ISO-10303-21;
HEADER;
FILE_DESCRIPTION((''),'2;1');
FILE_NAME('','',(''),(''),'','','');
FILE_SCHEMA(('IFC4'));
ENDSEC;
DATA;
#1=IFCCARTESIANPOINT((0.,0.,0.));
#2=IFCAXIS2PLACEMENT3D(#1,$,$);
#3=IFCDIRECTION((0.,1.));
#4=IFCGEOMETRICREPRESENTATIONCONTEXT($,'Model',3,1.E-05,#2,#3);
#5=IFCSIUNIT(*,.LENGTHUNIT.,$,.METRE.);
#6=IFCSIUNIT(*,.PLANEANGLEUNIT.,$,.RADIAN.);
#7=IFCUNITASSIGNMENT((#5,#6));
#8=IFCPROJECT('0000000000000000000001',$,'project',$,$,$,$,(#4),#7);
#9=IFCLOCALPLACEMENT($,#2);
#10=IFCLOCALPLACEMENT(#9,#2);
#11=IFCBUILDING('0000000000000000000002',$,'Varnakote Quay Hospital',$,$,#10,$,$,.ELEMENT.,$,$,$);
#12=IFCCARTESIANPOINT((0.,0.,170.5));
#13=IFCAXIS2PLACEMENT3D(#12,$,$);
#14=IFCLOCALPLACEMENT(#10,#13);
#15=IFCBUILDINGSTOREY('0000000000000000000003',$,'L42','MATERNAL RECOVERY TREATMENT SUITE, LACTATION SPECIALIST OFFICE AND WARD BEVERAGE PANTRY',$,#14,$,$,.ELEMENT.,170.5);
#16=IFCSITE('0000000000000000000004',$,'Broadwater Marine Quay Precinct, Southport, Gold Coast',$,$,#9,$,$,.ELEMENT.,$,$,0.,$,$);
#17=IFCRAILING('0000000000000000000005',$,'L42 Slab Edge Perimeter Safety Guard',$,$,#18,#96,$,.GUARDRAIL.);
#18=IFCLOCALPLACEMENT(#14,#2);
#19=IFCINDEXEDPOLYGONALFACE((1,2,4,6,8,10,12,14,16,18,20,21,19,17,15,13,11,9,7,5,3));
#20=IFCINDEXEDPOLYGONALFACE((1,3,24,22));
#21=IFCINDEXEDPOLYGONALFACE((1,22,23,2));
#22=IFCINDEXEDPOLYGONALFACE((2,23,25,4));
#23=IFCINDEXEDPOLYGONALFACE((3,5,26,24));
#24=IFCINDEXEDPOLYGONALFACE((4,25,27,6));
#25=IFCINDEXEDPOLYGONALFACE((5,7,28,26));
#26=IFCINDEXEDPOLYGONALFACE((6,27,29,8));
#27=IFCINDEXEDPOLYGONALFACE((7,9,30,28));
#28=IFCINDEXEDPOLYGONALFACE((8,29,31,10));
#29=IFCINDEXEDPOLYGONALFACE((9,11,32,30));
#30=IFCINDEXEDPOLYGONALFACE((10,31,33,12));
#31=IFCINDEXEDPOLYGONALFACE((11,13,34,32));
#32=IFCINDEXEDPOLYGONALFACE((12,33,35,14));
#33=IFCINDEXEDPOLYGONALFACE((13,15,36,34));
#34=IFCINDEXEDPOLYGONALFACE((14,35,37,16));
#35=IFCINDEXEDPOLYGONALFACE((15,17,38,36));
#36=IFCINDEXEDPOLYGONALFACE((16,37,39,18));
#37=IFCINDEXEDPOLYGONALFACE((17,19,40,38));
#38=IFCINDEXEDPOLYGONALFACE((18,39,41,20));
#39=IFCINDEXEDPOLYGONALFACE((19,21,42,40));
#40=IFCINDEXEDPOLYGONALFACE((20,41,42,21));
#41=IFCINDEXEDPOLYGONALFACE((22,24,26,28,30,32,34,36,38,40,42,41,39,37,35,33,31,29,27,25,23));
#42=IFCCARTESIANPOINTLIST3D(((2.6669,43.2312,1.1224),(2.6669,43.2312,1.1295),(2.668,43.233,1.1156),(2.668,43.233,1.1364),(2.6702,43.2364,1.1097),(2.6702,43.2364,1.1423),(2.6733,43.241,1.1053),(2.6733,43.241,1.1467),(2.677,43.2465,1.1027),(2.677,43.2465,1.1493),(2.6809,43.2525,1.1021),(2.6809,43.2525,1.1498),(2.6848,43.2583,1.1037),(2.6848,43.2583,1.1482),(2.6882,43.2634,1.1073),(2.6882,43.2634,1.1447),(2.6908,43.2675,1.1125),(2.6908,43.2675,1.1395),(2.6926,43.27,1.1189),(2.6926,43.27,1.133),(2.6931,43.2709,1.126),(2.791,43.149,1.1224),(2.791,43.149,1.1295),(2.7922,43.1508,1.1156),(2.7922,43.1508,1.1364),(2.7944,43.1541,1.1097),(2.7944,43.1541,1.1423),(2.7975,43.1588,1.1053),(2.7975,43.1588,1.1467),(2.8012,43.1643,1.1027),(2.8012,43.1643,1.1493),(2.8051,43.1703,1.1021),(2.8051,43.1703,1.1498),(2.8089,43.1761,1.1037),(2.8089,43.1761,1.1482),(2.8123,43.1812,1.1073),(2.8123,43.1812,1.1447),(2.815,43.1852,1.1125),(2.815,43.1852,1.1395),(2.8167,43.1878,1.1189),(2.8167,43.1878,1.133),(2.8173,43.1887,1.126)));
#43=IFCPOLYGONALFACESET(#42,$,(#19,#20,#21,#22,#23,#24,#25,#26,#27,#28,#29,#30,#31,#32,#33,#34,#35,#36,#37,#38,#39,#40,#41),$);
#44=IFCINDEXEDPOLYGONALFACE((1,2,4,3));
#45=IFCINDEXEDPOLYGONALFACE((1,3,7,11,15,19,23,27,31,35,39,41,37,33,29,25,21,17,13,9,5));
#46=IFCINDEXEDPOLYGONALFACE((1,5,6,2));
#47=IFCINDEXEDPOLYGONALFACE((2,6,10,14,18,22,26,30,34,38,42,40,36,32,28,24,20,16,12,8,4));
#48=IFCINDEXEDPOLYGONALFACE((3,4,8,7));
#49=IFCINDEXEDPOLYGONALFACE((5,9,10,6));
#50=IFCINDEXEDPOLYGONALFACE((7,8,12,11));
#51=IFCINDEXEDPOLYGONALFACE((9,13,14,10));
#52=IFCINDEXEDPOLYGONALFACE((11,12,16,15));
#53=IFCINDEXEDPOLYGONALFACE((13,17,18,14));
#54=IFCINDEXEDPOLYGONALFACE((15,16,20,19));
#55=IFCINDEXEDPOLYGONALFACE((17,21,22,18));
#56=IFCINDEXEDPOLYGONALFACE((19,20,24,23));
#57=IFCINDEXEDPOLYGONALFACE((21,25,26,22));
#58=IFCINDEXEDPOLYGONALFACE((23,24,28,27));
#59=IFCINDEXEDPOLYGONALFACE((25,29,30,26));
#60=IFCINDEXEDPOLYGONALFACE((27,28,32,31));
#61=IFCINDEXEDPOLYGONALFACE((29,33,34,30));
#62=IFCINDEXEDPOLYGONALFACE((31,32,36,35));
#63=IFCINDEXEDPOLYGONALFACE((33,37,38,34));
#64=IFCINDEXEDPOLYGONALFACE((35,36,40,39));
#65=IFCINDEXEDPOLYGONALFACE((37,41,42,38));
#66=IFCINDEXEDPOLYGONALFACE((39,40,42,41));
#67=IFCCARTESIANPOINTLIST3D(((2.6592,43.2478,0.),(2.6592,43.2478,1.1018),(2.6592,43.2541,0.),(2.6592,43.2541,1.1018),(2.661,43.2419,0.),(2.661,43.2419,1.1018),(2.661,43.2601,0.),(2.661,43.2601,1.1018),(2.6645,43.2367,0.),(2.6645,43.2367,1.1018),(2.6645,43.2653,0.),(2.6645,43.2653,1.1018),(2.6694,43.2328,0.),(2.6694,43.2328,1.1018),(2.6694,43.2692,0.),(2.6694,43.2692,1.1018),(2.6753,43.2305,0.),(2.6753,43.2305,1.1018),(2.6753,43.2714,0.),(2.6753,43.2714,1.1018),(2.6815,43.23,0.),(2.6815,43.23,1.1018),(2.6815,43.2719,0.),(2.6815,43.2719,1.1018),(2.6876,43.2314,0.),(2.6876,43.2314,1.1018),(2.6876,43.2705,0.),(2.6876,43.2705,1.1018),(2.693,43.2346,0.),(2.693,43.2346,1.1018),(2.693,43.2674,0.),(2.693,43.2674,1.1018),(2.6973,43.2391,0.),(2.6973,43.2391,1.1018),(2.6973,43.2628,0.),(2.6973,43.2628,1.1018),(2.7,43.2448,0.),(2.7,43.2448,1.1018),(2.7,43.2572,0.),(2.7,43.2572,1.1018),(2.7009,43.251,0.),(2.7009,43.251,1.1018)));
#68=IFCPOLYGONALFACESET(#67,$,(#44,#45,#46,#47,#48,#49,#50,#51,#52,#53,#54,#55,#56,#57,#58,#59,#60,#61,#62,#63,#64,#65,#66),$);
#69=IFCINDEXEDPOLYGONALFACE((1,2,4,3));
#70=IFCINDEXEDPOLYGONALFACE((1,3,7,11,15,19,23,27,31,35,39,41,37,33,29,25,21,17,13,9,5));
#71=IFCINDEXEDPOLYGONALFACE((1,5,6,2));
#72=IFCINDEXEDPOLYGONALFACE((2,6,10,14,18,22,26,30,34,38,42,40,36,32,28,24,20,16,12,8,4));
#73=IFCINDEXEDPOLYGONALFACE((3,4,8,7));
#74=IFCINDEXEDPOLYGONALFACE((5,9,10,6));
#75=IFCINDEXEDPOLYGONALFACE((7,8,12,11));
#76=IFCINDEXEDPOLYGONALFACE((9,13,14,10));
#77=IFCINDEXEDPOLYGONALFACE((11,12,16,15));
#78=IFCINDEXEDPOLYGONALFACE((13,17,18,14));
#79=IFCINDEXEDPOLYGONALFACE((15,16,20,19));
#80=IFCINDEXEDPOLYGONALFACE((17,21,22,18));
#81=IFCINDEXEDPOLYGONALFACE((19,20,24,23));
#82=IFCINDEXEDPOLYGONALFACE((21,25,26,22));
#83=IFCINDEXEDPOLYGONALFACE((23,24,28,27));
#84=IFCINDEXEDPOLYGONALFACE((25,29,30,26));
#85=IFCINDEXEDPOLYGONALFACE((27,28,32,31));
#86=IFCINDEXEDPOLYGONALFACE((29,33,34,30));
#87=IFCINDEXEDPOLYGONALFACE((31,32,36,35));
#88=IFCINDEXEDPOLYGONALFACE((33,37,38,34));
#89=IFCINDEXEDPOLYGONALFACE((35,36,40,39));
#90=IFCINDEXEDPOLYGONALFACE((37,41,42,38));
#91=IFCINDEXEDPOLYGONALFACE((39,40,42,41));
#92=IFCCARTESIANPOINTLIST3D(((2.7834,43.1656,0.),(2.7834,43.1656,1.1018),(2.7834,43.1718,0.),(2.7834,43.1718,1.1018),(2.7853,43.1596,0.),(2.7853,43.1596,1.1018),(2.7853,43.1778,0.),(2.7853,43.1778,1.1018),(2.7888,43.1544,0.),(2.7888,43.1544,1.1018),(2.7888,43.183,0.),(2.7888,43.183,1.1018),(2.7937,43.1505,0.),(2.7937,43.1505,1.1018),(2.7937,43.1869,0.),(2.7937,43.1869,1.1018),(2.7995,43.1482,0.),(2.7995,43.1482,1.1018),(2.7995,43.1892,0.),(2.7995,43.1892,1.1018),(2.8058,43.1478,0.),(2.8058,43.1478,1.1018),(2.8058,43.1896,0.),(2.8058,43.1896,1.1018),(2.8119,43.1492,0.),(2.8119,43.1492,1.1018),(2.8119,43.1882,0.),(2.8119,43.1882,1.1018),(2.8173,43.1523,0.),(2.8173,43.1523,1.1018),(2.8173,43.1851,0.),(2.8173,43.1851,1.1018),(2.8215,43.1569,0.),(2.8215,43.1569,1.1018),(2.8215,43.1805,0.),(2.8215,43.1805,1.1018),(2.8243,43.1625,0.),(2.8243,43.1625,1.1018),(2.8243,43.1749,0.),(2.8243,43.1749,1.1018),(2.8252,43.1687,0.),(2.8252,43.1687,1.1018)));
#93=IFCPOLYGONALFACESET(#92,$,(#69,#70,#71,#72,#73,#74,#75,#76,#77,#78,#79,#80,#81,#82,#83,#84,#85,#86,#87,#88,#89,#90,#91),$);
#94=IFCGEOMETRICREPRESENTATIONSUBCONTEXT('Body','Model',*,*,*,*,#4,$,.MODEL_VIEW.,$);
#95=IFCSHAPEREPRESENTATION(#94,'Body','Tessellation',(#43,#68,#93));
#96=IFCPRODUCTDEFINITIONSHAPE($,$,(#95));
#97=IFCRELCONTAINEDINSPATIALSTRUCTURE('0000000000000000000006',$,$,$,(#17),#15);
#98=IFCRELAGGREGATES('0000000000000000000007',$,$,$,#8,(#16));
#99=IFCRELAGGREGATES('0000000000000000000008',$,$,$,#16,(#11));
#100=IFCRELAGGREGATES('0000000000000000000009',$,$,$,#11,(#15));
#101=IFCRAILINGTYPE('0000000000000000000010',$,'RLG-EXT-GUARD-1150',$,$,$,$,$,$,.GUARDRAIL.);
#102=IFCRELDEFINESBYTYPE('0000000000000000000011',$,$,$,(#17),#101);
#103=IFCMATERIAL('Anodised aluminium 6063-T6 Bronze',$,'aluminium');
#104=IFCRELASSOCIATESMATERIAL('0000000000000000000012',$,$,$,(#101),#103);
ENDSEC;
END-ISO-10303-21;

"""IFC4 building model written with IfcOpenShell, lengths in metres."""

from ifc_helpers import new_model, si_unit, direction, frame, origin, origin_2d, place, context, subcontext, project, spatial, circle, extrude, material, type_object, element, save


model = new_model("IFC4")

# Units and contexts
model_context = context("Model", 3, precision=1e-05, world=origin(), true_north=direction((0.0, 1.0)))
body_context = subcontext(model_context, "Body", "Model", "MODEL_VIEW")
ifc_project = project(units=[si_unit("LENGTHUNIT", "METRE"), si_unit("PLANEANGLEUNIT", "RADIAN")], contexts=[model_context])

# Site, building, storey
site_placement = place(None, origin())
site = spatial("IfcSite", under=ifc_project, at=site_placement, Name="Broadwater Marine Quay Precinct, Southport, Gold Coast", CompositionType="ELEMENT", RefElevation=0.0)
building_placement = place(site_placement, origin())
building = spatial("IfcBuilding", under=site, at=building_placement, Name="Varnakote Quay Hospital", CompositionType="ELEMENT")
storey_placement = place(building_placement, frame((0.0, 0.0, 170.5)))
storey = spatial("IfcBuildingStorey", under=building, at=storey_placement, Name="L42", Description="MATERNAL RECOVERY TREATMENT SUITE, LACTATION SPECIALIST OFFICE AND WARD BEVERAGE PANTRY", CompositionType="ELEMENT", Elevation=170.5)

# Railing
ifc_material_1 = material(Name="Anodised aluminium 6063-T6 Bronze", Category="aluminium")
railing_type = type_object("IfcRailingType", Name="RLG-EXT-GUARD-1150", PredefinedType="GUARDRAIL", material=ifc_material_1)
railing_1_placement = place(storey_placement, frame((2.6799, 43.251, 0.0)))
element("IfcRailing", 1, at=railing_1_placement, inside=storey, type_object=railing_type, Name="L42 Slab Edge Perimeter Safety Guard", PredefinedType="GUARDRAIL", context=body_context, shape_type="SweptSolid", body=[
    extrude(circle(Radius=0.0239, at=origin_2d()), frame((0.0, 0.0, 1.126), z_axis=(0.83381, -0.552051, 0.0), x_axis=(0.552051, 0.83381, 0.0)), (0.0, 0.0, 1.0), 0.1489),
    extrude(circle(Radius=0.021, at=origin_2d()), origin(), (0.0, 0.0, 1.0), 1.1018),
    extrude(circle(Radius=0.021, at=origin_2d()), frame((0.1243, -0.0823, 0.0)), (0.0, 0.0, 1.0), 1.1018),
])

save(model, "model.ifc")
